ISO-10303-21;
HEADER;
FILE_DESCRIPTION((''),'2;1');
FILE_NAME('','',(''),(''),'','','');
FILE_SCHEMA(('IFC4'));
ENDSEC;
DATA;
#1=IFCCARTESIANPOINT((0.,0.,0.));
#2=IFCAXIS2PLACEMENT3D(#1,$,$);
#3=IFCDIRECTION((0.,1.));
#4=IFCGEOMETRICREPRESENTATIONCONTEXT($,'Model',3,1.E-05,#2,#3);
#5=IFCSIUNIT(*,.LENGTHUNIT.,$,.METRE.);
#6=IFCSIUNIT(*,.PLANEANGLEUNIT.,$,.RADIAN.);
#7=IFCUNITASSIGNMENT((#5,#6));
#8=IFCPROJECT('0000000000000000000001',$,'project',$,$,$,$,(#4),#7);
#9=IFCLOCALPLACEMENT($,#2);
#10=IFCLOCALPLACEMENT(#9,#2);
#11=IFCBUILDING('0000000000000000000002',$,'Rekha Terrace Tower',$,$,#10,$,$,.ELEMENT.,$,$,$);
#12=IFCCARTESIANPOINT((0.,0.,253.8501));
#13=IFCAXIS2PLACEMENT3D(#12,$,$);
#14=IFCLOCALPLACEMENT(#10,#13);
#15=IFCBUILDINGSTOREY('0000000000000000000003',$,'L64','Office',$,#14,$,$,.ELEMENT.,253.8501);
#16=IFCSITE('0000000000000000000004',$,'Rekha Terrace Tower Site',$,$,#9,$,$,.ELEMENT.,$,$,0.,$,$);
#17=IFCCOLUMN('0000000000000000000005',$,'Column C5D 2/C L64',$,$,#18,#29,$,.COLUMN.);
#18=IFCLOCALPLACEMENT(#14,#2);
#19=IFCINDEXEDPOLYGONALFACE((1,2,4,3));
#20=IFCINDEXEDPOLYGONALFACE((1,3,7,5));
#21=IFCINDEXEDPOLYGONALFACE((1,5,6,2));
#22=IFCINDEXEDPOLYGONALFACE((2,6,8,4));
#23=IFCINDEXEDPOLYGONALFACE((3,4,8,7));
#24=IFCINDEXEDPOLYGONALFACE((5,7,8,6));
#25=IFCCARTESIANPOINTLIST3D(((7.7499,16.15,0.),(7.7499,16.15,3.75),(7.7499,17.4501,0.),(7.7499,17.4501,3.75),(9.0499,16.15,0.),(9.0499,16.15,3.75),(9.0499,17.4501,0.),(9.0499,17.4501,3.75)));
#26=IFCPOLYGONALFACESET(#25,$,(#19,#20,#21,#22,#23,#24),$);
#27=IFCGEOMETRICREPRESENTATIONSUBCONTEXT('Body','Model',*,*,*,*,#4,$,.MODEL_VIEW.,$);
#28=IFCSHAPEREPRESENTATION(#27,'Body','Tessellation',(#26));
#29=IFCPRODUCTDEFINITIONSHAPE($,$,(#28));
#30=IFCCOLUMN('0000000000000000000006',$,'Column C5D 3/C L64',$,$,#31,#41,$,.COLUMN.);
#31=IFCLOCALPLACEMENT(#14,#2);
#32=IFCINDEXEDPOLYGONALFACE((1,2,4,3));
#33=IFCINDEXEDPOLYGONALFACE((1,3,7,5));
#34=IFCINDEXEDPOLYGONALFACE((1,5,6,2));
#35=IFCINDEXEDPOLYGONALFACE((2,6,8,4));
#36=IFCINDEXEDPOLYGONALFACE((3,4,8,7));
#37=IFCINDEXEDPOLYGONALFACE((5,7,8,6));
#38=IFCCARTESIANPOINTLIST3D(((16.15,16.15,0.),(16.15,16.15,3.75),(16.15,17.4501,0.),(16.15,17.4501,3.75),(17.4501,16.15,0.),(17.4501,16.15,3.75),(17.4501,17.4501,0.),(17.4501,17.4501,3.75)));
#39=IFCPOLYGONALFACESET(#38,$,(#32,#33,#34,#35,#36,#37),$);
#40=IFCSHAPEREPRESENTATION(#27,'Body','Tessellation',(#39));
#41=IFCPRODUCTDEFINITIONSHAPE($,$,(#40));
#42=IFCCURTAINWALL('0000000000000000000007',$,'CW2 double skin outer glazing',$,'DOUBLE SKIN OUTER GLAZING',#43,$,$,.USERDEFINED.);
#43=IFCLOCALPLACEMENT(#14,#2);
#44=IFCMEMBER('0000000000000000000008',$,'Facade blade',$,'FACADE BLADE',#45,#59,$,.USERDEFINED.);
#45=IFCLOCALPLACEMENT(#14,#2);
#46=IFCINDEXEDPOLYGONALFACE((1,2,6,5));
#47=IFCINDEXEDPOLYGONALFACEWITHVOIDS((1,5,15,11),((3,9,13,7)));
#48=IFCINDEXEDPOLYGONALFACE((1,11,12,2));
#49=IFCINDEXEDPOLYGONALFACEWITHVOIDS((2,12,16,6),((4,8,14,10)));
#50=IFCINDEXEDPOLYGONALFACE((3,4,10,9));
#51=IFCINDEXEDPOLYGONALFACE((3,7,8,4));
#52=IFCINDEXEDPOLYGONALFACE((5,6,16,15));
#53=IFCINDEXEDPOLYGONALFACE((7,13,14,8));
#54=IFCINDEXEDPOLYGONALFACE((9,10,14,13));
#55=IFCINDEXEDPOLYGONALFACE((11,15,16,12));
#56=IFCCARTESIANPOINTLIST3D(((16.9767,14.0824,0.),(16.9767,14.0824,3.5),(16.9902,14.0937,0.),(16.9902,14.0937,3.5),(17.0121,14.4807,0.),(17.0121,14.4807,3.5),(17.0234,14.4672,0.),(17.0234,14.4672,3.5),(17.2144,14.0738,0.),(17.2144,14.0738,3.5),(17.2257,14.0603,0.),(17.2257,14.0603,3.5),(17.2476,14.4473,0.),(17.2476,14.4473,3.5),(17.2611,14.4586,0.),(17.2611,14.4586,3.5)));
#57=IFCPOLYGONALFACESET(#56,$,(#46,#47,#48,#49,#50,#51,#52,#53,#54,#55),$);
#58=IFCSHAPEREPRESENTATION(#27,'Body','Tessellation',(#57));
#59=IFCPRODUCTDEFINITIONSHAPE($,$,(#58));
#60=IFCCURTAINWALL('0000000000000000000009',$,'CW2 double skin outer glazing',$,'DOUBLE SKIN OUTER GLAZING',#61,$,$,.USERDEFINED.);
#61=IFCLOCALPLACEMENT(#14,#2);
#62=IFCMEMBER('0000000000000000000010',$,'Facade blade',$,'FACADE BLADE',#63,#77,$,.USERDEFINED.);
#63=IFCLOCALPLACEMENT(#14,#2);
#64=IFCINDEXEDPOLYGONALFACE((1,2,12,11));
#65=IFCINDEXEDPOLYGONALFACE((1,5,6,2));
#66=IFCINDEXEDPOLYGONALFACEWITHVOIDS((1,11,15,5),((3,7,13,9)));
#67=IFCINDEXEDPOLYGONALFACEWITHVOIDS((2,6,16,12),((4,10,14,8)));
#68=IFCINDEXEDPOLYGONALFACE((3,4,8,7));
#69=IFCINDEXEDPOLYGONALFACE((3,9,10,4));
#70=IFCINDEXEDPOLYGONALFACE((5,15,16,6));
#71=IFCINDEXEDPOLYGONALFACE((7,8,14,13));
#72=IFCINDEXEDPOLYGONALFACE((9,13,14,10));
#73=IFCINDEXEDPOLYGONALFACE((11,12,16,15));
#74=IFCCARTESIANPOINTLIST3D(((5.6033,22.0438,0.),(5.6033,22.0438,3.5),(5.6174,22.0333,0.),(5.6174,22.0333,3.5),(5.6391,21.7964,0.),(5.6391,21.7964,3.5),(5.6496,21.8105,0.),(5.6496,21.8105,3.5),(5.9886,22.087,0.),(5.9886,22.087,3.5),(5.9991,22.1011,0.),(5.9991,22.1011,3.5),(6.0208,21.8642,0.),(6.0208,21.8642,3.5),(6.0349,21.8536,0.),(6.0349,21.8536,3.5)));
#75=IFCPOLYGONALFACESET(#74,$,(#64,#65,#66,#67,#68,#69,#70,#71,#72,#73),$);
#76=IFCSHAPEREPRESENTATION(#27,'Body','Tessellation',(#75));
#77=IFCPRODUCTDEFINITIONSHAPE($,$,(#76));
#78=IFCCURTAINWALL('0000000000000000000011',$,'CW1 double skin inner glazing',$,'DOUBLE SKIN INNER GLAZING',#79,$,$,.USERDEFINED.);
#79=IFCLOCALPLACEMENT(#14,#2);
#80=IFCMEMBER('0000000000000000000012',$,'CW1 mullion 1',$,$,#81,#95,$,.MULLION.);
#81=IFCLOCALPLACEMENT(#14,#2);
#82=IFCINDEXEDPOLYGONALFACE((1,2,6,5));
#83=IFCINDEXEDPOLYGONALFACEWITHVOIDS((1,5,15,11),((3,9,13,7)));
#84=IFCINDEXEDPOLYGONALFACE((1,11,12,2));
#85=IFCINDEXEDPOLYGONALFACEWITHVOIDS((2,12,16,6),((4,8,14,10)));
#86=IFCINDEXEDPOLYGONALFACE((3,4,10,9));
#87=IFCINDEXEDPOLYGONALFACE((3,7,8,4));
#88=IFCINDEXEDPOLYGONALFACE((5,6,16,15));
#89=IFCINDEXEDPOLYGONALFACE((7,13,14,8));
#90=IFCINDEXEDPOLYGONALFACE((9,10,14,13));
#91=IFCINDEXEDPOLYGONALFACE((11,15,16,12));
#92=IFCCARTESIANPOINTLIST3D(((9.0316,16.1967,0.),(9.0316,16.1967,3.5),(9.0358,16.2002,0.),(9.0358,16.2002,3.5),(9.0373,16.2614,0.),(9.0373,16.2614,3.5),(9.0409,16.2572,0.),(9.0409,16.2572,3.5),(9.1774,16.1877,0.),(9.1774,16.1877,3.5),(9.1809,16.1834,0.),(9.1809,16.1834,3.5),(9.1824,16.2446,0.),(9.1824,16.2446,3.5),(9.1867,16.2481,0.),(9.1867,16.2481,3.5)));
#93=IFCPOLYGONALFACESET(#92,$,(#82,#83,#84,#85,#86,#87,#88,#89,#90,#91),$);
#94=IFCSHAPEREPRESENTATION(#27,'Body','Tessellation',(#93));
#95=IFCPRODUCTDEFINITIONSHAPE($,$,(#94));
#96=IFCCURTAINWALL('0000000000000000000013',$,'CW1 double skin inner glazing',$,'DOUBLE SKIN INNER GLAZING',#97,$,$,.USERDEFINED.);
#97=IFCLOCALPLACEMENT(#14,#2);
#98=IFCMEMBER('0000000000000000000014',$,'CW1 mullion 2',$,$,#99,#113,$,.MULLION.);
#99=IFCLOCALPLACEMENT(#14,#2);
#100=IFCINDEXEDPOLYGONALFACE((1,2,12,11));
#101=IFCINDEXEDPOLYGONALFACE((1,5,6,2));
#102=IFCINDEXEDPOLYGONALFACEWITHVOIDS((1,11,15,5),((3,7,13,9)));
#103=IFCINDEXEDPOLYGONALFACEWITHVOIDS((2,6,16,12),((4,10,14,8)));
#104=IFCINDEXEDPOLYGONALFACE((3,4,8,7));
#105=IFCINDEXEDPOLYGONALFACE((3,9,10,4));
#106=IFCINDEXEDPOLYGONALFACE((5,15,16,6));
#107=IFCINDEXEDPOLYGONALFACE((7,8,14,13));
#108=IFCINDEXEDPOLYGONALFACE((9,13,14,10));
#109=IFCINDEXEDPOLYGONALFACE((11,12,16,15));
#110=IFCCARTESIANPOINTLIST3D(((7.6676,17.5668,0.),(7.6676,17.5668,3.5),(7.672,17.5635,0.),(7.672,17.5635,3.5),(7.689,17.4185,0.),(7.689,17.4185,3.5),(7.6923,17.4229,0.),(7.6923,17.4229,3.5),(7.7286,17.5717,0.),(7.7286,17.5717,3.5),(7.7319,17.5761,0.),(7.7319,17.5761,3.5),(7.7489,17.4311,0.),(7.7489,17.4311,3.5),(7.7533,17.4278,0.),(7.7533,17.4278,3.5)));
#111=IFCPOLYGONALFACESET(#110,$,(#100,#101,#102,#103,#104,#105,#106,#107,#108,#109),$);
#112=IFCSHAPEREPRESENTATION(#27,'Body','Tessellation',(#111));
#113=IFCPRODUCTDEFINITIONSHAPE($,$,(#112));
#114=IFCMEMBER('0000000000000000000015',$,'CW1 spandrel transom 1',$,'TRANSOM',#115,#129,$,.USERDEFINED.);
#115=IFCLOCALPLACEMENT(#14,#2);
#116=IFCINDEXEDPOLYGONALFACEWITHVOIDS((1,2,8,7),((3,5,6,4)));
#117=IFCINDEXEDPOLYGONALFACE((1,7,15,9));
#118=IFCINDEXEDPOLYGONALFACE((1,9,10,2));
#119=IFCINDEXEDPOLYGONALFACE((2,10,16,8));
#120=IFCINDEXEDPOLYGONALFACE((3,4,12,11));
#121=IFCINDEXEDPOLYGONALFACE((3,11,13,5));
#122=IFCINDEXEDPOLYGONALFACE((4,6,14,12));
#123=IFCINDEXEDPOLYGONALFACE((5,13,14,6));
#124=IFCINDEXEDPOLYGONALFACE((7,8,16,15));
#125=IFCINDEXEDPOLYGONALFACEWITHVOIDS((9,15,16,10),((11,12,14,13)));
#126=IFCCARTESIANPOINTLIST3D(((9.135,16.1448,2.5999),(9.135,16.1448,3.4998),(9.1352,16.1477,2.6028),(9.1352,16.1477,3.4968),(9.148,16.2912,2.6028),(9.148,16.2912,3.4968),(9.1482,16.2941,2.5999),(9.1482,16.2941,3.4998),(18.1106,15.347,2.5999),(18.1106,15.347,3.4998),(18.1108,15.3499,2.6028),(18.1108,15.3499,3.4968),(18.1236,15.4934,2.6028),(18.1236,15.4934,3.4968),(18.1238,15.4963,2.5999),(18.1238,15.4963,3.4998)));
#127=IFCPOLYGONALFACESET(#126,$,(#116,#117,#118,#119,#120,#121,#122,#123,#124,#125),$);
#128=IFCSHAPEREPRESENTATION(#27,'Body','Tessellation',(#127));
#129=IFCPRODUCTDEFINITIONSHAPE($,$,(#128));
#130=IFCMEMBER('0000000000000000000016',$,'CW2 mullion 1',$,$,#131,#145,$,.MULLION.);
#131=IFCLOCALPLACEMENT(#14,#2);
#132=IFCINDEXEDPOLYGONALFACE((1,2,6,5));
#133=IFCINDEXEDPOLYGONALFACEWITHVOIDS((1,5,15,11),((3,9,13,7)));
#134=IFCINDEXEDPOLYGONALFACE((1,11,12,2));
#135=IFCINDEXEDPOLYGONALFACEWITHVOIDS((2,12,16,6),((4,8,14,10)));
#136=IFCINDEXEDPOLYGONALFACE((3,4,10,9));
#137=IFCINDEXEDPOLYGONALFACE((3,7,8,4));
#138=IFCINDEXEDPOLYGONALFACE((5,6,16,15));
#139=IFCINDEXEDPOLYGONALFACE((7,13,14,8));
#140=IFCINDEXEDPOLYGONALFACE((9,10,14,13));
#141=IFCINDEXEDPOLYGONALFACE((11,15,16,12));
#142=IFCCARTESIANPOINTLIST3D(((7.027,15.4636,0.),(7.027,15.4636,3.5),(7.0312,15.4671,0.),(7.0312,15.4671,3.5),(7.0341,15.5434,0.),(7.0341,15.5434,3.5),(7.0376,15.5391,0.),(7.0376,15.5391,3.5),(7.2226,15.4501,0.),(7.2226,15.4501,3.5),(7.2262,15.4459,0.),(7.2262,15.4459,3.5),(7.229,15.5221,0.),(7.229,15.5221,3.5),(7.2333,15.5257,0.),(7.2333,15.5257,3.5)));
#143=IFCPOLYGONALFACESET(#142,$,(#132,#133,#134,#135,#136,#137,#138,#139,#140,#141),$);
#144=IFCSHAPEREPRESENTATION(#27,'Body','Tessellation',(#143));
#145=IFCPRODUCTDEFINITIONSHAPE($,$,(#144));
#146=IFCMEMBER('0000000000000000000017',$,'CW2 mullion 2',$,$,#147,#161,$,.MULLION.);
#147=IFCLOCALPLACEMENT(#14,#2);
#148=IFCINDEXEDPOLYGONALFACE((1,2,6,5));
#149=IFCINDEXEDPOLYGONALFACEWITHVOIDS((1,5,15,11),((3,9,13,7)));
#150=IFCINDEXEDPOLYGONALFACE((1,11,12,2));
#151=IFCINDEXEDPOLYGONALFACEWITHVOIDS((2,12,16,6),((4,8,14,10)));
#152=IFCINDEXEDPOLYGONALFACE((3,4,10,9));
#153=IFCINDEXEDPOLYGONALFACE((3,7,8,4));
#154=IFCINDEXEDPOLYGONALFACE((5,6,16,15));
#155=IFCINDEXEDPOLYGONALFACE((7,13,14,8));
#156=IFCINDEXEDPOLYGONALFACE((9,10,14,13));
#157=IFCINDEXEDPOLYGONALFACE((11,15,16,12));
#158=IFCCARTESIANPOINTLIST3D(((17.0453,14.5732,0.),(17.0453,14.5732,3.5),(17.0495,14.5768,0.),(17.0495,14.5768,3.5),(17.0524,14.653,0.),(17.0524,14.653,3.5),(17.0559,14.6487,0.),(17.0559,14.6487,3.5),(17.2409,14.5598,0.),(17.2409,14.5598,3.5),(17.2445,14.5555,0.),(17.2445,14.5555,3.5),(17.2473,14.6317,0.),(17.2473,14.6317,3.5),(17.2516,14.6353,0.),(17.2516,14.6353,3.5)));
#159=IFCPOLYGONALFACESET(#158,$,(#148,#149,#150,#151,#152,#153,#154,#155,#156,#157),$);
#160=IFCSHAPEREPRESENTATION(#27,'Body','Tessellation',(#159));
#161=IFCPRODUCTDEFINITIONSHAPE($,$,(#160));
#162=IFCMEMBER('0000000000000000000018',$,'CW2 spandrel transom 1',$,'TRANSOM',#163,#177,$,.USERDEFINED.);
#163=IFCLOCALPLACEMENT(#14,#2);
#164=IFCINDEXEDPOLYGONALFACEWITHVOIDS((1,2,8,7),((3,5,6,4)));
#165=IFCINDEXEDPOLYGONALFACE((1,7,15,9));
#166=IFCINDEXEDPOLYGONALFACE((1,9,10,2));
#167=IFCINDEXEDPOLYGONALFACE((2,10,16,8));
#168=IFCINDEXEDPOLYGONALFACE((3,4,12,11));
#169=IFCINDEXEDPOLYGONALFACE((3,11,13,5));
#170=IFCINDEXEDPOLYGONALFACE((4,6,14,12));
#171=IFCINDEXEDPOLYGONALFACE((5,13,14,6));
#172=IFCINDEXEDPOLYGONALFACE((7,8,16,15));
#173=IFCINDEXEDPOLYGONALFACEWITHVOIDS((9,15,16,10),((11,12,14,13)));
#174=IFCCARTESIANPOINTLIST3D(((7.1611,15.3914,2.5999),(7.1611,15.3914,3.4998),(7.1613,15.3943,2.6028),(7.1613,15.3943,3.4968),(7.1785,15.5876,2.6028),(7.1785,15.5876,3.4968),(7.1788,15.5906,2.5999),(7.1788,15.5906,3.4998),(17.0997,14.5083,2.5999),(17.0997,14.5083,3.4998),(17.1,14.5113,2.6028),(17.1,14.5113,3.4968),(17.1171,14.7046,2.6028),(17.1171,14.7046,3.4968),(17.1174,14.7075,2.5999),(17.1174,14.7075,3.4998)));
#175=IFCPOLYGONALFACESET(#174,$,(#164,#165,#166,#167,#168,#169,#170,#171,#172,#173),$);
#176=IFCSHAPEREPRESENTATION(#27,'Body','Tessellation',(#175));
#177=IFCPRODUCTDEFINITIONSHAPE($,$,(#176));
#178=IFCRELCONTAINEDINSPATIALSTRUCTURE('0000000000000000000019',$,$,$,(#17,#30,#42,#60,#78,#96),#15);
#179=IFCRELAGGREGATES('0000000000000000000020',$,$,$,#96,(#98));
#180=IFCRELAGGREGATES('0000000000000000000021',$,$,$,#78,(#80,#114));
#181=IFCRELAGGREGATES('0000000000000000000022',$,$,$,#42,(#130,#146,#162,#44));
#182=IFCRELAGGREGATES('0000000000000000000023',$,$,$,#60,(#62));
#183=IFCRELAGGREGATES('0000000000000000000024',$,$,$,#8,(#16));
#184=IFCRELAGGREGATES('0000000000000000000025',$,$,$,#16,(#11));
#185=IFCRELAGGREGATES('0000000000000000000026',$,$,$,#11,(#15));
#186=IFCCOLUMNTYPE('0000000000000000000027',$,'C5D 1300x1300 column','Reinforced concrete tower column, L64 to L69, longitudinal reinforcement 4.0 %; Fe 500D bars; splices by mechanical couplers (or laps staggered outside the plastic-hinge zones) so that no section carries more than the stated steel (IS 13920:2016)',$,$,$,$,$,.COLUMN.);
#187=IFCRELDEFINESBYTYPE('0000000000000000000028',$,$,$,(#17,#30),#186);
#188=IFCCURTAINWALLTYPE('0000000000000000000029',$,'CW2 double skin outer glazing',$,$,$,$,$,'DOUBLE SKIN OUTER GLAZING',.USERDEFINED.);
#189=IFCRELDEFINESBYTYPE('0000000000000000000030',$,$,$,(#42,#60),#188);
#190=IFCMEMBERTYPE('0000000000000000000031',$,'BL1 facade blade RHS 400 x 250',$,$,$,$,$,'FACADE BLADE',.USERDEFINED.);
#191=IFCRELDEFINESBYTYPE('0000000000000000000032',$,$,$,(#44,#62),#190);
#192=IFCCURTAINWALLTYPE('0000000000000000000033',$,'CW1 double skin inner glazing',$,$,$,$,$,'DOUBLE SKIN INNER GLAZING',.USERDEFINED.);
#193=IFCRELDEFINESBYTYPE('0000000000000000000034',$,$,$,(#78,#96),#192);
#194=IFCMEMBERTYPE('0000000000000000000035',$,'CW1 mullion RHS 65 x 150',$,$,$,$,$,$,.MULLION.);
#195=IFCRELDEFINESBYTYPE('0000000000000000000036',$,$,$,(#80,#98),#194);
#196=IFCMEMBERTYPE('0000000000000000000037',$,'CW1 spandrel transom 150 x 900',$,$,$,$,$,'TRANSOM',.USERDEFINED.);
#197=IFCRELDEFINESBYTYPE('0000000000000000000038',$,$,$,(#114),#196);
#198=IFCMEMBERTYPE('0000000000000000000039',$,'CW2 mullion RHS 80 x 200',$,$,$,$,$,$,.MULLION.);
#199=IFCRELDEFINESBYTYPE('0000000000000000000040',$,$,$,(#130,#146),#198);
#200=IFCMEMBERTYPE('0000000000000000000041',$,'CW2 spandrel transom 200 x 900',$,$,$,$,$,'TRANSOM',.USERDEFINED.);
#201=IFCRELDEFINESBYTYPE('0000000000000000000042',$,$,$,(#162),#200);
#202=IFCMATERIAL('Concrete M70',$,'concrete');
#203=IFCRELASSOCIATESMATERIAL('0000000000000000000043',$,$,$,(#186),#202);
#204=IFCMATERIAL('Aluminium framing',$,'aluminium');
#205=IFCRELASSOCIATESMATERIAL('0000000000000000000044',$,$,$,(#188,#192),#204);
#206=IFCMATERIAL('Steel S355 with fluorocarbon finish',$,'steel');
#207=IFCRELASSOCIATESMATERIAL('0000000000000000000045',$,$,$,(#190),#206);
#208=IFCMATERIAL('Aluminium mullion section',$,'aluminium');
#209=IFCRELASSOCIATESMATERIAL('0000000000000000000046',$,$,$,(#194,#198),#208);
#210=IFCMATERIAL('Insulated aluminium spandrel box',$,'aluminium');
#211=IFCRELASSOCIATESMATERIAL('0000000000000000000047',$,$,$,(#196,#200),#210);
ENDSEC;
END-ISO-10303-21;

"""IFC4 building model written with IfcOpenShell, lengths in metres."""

from ifc_helpers import new_model, si_unit, direction, frame, origin, origin_2d, place, context, subcontext, project, spatial, rectangle, hollow_rectangle, extrude, material, material_profile, profile_set, type_object, element, aggregate, save


model = new_model("IFC4")

# Units and contexts
model_context = context("Model", 3, precision=1e-05, world=origin(), true_north=direction((0.0, 1.0)))
body_context = subcontext(model_context, "Body", "Model", "MODEL_VIEW")
ifc_project = project(units=[si_unit("LENGTHUNIT", "METRE"), si_unit("PLANEANGLEUNIT", "RADIAN")], contexts=[model_context])

# Site, building, storey
site_placement = place(None, origin())
site = spatial("IfcSite", under=ifc_project, at=site_placement, Name="Rekha Terrace Tower Site", CompositionType="ELEMENT", RefElevation=0.0)
building_placement = place(site_placement, origin())
building = spatial("IfcBuilding", under=site, at=building_placement, Name="Rekha Terrace Tower", CompositionType="ELEMENT")
storey_placement = place(building_placement, frame((0.0, 0.0, 253.8501)))
storey = spatial("IfcBuildingStorey", under=building, at=storey_placement, Name="L64", Description="Office", CompositionType="ELEMENT", Elevation=253.8501)

# Columns
ifc_material_1 = material(Name="Concrete M70", Category="concrete")
ifc_material_profile_1 = material_profile(ifc_material_1, rectangle(XDim=1.3, YDim=1.3, at=origin_2d()), Name="RC 1300x1300")
ifc_profile_set_1 = profile_set([ifc_material_profile_1], Name="Concrete M70")
column_type = type_object("IfcColumnType", Name="C5D 1300x1300 column", Description="Reinforced concrete tower column, L64 to L69, longitudinal reinforcement 4.0 %; Fe 500D bars; splices by mechanical couplers (or laps staggered outside the plastic-hinge zones) so that no section carries more than the stated steel (IS 13920:2016)", PredefinedType="COLUMN", material=ifc_profile_set_1)
for number, where, z_axis, x_axis, name in (
    (1, (8.3999, 16.8, 0.0), (0.0, 0.0, 1.0), (1.0, 0.0, 0.0), "Column C5D 2/C L64"),
    (2, (16.8, 16.8, 0.0), (0.0, 0.0, 1.0), (1.0, 0.0, 0.0), "Column C5D 3/C L64"),
):
    element("IfcColumn", number, at=place(storey_placement, frame(where, z_axis=z_axis, x_axis=x_axis)), inside=storey, type_object=column_type, Name=name, PredefinedType="COLUMN", context=body_context, shape_type="SweptSolid", body=[
        extrude(rectangle(XDim=1.3, YDim=1.3, at=origin_2d()), origin(), (0.0, 0.0, 1.0), 3.75),
    ])

# Curtain walls, members
ifc_material_2 = material(Name="Aluminium framing", Category="aluminium")
curtain_wall_type_1 = type_object("IfcCurtainWallType", Name="CW2 double skin outer glazing", ElementType="DOUBLE SKIN OUTER GLAZING", PredefinedType="USERDEFINED", material=ifc_material_2)
curtain_wall_1_placement = place(storey_placement, origin())
curtain_wall_1 = element("IfcCurtainWall", 3, at=curtain_wall_1_placement, inside=storey, type_object=curtain_wall_type_1, Name="CW2 double skin outer glazing", ObjectType="DOUBLE SKIN OUTER GLAZING", PredefinedType="USERDEFINED")
ifc_material_3 = material(Name="Steel S355 with fluorocarbon finish", Category="steel")
ifc_material_profile_2 = material_profile(ifc_material_3, hollow_rectangle(XDim=0.25, YDim=0.3999, WallThickness=0.0125, at=origin_2d()), Name="RHS400x250x12.5")
ifc_profile_set_2 = profile_set([ifc_material_profile_2], Name="Steel S355 with fluorocarbon finish")
member_type_1 = type_object("IfcMemberType", Name="BL1 facade blade RHS 400 x 250", ElementType="FACADE BLADE", PredefinedType="USERDEFINED", material=ifc_profile_set_2)
member_1_placement = place(storey_placement, frame((17.1189, 14.2705, 0.0), z_axis=(0.0, 0.0, 1.0), x_axis=(0.996074, -0.088522, 0.0)))
member_1 = element("IfcMember", 4, at=member_1_placement, type_object=member_type_1, Name="Facade blade", ObjectType="FACADE BLADE", PredefinedType="USERDEFINED", context=body_context, shape_type="SweptSolid", body=[
    extrude(hollow_rectangle(XDim=0.25, YDim=0.3999, WallThickness=0.0125, at=origin_2d()), origin(), (0.0, 0.0, 1.0), 3.5),
])
curtain_wall_2_placement = place(storey_placement, origin())
curtain_wall_2 = element("IfcCurtainWall", 5, at=curtain_wall_2_placement, inside=storey, type_object=curtain_wall_type_1, Name="CW2 double skin outer glazing", ObjectType="DOUBLE SKIN OUTER GLAZING", PredefinedType="USERDEFINED")
member_2_placement = place(storey_placement, frame((5.8191, 21.9487, 0.0), z_axis=(0.0, 0.0, 1.0), x_axis=(0.143109, -0.989707, 0.0)))
member_2 = element("IfcMember", 6, at=member_2_placement, type_object=member_type_1, Name="Facade blade", ObjectType="FACADE BLADE", PredefinedType="USERDEFINED", context=body_context, shape_type="SweptSolid", body=[
    extrude(hollow_rectangle(XDim=0.25, YDim=0.3999, WallThickness=0.0125, at=origin_2d()), origin(), (0.0, 0.0, 1.0), 3.5),
])
curtain_wall_type_2 = type_object("IfcCurtainWallType", Name="CW1 double skin inner glazing", ElementType="DOUBLE SKIN INNER GLAZING", PredefinedType="USERDEFINED", material=ifc_material_2)
curtain_wall_3_placement = place(storey_placement, origin())
curtain_wall_3 = element("IfcCurtainWall", 7, at=curtain_wall_3_placement, inside=storey, type_object=curtain_wall_type_2, Name="CW1 double skin inner glazing", ObjectType="DOUBLE SKIN INNER GLAZING", PredefinedType="USERDEFINED")
ifc_material_4 = material(Name="Aluminium mullion section", Category="aluminium")
ifc_material_profile_3 = material_profile(ifc_material_4, hollow_rectangle(XDim=0.0649, YDim=0.1499, WallThickness=0.0039, at=origin_2d()), Name="AL RHS 65x150")
ifc_profile_set_3 = profile_set([ifc_material_profile_3], Name="Aluminium mullion section")
member_type_2 = type_object("IfcMemberType", Name="CW1 mullion RHS 65 x 150", PredefinedType="MULLION", material=ifc_profile_set_3)
member_3_placement = place(storey_placement, frame((9.1091, 16.2224, 0.0), z_axis=(0.0, 0.0, 1.0), x_axis=(0.088522, 0.996074, 0.0)))
member_3 = element("IfcMember", 8, at=member_3_placement, type_object=member_type_2, Name="CW1 mullion 1", PredefinedType="MULLION", context=body_context, shape_type="SweptSolid", body=[
    extrude(hollow_rectangle(XDim=0.0649, YDim=0.1499, WallThickness=0.0039, at=origin_2d()), origin(), (0.0, 0.0, 1.0), 3.5),
])
curtain_wall_4_placement = place(storey_placement, origin())
curtain_wall_4 = element("IfcCurtainWall", 9, at=curtain_wall_4_placement, inside=storey, type_object=curtain_wall_type_2, Name="CW1 double skin inner glazing", ObjectType="DOUBLE SKIN INNER GLAZING", PredefinedType="USERDEFINED")
member_4_placement = place(storey_placement, frame((7.7104, 17.4973, 0.0), z_axis=(0.0, 0.0, 1.0), x_axis=(0.989707, 0.143108, 0.0)))
member_4 = element("IfcMember", 10, at=member_4_placement, type_object=member_type_2, Name="CW1 mullion 2", PredefinedType="MULLION", context=body_context, shape_type="SweptSolid", body=[
    extrude(hollow_rectangle(XDim=0.0649, YDim=0.1499, WallThickness=0.0039, at=origin_2d()), origin(), (0.0, 0.0, 1.0), 3.5),
])
aggregate(curtain_wall_4, [member_4])

# Members
ifc_material_5 = material(Name="Insulated aluminium spandrel box", Category="aluminium")
ifc_material_profile_4 = material_profile(ifc_material_5, hollow_rectangle(XDim=0.1499, YDim=0.8999, WallThickness=0.0029, at=origin_2d()), Name="AL SPANDREL BOX 150x900")
ifc_profile_set_4 = profile_set([ifc_material_profile_4], Name="Insulated aluminium spandrel box")
member_type_3 = type_object("IfcMemberType", Name="CW1 spandrel transom 150 x 900", ElementType="TRANSOM", PredefinedType="USERDEFINED", material=ifc_profile_set_4)
member_5_placement = place(storey_placement, frame((9.1416, 16.2195, 3.0498), z_axis=(0.996072, -0.088542, 0.0), x_axis=(0.088542, 0.996072, 0.0)))
member_5 = element("IfcMember", 11, at=member_5_placement, type_object=member_type_3, Name="CW1 spandrel transom 1", ObjectType="TRANSOM", PredefinedType="USERDEFINED", context=body_context, shape_type="SweptSolid", body=[
    extrude(hollow_rectangle(XDim=0.1499, YDim=0.8999, WallThickness=0.0029, at=origin_2d()), origin(), (0.0, 0.0, 1.0), 9.011),
])
ifc_material_profile_5 = material_profile(ifc_material_4, hollow_rectangle(XDim=0.0801, YDim=0.2, WallThickness=0.0039, at=origin_2d()), Name="AL RHS 80x200")
ifc_profile_set_5 = profile_set([ifc_material_profile_5], Name="Aluminium mullion section")
member_type_4 = type_object("IfcMemberType", Name="CW2 mullion RHS 80 x 200", PredefinedType="MULLION", material=ifc_profile_set_5)
member_6_placement = place(storey_placement, frame((7.1301, 15.4946, 0.0), z_axis=(0.0, 0.0, 1.0), x_axis=(0.088522, 0.996074, 0.0)))
member_6 = element("IfcMember", 12, at=member_6_placement, type_object=member_type_4, Name="CW2 mullion 1", PredefinedType="MULLION", context=body_context, shape_type="SweptSolid", body=[
    extrude(hollow_rectangle(XDim=0.0801, YDim=0.2, WallThickness=0.0039, at=origin_2d()), origin(), (0.0, 0.0, 1.0), 3.5),
])
member_7_placement = place(storey_placement, frame((17.1484, 14.6042, 0.0), z_axis=(0.0, 0.0, 1.0), x_axis=(0.088522, 0.996074, 0.0)))
member_7 = element("IfcMember", 13, at=member_7_placement, type_object=member_type_4, Name="CW2 mullion 2", PredefinedType="MULLION", context=body_context, shape_type="SweptSolid", body=[
    extrude(hollow_rectangle(XDim=0.0801, YDim=0.2, WallThickness=0.0039, at=origin_2d()), origin(), (0.0, 0.0, 1.0), 3.5),
])
ifc_material_profile_6 = material_profile(ifc_material_5, hollow_rectangle(XDim=0.2, YDim=0.8999, WallThickness=0.0029, at=origin_2d()), Name="AL SPANDREL BOX 200x900")
ifc_profile_set_6 = profile_set([ifc_material_profile_6], Name="Insulated aluminium spandrel box")
member_type_5 = type_object("IfcMemberType", Name="CW2 spandrel transom 200 x 900", ElementType="TRANSOM", PredefinedType="USERDEFINED", material=ifc_profile_set_6)
member_8_placement = place(storey_placement, frame((7.1699, 15.491, 3.0498), z_axis=(0.996076, -0.088501, 0.0), x_axis=(0.088501, 0.996076, 0.0)))
member_8 = element("IfcMember", 14, at=member_8_placement, type_object=member_type_5, Name="CW2 spandrel transom 1", ObjectType="TRANSOM", PredefinedType="USERDEFINED", context=body_context, shape_type="SweptSolid", body=[
    extrude(hollow_rectangle(XDim=0.2, YDim=0.8999, WallThickness=0.0029, at=origin_2d()), origin(), (0.0, 0.0, 1.0), 9.9778),
])

aggregate(curtain_wall_3, [member_3, member_5])
aggregate(curtain_wall_1, [member_6, member_7, member_8, member_1])
aggregate(curtain_wall_2, [member_2])

save(model, "model.ifc")
